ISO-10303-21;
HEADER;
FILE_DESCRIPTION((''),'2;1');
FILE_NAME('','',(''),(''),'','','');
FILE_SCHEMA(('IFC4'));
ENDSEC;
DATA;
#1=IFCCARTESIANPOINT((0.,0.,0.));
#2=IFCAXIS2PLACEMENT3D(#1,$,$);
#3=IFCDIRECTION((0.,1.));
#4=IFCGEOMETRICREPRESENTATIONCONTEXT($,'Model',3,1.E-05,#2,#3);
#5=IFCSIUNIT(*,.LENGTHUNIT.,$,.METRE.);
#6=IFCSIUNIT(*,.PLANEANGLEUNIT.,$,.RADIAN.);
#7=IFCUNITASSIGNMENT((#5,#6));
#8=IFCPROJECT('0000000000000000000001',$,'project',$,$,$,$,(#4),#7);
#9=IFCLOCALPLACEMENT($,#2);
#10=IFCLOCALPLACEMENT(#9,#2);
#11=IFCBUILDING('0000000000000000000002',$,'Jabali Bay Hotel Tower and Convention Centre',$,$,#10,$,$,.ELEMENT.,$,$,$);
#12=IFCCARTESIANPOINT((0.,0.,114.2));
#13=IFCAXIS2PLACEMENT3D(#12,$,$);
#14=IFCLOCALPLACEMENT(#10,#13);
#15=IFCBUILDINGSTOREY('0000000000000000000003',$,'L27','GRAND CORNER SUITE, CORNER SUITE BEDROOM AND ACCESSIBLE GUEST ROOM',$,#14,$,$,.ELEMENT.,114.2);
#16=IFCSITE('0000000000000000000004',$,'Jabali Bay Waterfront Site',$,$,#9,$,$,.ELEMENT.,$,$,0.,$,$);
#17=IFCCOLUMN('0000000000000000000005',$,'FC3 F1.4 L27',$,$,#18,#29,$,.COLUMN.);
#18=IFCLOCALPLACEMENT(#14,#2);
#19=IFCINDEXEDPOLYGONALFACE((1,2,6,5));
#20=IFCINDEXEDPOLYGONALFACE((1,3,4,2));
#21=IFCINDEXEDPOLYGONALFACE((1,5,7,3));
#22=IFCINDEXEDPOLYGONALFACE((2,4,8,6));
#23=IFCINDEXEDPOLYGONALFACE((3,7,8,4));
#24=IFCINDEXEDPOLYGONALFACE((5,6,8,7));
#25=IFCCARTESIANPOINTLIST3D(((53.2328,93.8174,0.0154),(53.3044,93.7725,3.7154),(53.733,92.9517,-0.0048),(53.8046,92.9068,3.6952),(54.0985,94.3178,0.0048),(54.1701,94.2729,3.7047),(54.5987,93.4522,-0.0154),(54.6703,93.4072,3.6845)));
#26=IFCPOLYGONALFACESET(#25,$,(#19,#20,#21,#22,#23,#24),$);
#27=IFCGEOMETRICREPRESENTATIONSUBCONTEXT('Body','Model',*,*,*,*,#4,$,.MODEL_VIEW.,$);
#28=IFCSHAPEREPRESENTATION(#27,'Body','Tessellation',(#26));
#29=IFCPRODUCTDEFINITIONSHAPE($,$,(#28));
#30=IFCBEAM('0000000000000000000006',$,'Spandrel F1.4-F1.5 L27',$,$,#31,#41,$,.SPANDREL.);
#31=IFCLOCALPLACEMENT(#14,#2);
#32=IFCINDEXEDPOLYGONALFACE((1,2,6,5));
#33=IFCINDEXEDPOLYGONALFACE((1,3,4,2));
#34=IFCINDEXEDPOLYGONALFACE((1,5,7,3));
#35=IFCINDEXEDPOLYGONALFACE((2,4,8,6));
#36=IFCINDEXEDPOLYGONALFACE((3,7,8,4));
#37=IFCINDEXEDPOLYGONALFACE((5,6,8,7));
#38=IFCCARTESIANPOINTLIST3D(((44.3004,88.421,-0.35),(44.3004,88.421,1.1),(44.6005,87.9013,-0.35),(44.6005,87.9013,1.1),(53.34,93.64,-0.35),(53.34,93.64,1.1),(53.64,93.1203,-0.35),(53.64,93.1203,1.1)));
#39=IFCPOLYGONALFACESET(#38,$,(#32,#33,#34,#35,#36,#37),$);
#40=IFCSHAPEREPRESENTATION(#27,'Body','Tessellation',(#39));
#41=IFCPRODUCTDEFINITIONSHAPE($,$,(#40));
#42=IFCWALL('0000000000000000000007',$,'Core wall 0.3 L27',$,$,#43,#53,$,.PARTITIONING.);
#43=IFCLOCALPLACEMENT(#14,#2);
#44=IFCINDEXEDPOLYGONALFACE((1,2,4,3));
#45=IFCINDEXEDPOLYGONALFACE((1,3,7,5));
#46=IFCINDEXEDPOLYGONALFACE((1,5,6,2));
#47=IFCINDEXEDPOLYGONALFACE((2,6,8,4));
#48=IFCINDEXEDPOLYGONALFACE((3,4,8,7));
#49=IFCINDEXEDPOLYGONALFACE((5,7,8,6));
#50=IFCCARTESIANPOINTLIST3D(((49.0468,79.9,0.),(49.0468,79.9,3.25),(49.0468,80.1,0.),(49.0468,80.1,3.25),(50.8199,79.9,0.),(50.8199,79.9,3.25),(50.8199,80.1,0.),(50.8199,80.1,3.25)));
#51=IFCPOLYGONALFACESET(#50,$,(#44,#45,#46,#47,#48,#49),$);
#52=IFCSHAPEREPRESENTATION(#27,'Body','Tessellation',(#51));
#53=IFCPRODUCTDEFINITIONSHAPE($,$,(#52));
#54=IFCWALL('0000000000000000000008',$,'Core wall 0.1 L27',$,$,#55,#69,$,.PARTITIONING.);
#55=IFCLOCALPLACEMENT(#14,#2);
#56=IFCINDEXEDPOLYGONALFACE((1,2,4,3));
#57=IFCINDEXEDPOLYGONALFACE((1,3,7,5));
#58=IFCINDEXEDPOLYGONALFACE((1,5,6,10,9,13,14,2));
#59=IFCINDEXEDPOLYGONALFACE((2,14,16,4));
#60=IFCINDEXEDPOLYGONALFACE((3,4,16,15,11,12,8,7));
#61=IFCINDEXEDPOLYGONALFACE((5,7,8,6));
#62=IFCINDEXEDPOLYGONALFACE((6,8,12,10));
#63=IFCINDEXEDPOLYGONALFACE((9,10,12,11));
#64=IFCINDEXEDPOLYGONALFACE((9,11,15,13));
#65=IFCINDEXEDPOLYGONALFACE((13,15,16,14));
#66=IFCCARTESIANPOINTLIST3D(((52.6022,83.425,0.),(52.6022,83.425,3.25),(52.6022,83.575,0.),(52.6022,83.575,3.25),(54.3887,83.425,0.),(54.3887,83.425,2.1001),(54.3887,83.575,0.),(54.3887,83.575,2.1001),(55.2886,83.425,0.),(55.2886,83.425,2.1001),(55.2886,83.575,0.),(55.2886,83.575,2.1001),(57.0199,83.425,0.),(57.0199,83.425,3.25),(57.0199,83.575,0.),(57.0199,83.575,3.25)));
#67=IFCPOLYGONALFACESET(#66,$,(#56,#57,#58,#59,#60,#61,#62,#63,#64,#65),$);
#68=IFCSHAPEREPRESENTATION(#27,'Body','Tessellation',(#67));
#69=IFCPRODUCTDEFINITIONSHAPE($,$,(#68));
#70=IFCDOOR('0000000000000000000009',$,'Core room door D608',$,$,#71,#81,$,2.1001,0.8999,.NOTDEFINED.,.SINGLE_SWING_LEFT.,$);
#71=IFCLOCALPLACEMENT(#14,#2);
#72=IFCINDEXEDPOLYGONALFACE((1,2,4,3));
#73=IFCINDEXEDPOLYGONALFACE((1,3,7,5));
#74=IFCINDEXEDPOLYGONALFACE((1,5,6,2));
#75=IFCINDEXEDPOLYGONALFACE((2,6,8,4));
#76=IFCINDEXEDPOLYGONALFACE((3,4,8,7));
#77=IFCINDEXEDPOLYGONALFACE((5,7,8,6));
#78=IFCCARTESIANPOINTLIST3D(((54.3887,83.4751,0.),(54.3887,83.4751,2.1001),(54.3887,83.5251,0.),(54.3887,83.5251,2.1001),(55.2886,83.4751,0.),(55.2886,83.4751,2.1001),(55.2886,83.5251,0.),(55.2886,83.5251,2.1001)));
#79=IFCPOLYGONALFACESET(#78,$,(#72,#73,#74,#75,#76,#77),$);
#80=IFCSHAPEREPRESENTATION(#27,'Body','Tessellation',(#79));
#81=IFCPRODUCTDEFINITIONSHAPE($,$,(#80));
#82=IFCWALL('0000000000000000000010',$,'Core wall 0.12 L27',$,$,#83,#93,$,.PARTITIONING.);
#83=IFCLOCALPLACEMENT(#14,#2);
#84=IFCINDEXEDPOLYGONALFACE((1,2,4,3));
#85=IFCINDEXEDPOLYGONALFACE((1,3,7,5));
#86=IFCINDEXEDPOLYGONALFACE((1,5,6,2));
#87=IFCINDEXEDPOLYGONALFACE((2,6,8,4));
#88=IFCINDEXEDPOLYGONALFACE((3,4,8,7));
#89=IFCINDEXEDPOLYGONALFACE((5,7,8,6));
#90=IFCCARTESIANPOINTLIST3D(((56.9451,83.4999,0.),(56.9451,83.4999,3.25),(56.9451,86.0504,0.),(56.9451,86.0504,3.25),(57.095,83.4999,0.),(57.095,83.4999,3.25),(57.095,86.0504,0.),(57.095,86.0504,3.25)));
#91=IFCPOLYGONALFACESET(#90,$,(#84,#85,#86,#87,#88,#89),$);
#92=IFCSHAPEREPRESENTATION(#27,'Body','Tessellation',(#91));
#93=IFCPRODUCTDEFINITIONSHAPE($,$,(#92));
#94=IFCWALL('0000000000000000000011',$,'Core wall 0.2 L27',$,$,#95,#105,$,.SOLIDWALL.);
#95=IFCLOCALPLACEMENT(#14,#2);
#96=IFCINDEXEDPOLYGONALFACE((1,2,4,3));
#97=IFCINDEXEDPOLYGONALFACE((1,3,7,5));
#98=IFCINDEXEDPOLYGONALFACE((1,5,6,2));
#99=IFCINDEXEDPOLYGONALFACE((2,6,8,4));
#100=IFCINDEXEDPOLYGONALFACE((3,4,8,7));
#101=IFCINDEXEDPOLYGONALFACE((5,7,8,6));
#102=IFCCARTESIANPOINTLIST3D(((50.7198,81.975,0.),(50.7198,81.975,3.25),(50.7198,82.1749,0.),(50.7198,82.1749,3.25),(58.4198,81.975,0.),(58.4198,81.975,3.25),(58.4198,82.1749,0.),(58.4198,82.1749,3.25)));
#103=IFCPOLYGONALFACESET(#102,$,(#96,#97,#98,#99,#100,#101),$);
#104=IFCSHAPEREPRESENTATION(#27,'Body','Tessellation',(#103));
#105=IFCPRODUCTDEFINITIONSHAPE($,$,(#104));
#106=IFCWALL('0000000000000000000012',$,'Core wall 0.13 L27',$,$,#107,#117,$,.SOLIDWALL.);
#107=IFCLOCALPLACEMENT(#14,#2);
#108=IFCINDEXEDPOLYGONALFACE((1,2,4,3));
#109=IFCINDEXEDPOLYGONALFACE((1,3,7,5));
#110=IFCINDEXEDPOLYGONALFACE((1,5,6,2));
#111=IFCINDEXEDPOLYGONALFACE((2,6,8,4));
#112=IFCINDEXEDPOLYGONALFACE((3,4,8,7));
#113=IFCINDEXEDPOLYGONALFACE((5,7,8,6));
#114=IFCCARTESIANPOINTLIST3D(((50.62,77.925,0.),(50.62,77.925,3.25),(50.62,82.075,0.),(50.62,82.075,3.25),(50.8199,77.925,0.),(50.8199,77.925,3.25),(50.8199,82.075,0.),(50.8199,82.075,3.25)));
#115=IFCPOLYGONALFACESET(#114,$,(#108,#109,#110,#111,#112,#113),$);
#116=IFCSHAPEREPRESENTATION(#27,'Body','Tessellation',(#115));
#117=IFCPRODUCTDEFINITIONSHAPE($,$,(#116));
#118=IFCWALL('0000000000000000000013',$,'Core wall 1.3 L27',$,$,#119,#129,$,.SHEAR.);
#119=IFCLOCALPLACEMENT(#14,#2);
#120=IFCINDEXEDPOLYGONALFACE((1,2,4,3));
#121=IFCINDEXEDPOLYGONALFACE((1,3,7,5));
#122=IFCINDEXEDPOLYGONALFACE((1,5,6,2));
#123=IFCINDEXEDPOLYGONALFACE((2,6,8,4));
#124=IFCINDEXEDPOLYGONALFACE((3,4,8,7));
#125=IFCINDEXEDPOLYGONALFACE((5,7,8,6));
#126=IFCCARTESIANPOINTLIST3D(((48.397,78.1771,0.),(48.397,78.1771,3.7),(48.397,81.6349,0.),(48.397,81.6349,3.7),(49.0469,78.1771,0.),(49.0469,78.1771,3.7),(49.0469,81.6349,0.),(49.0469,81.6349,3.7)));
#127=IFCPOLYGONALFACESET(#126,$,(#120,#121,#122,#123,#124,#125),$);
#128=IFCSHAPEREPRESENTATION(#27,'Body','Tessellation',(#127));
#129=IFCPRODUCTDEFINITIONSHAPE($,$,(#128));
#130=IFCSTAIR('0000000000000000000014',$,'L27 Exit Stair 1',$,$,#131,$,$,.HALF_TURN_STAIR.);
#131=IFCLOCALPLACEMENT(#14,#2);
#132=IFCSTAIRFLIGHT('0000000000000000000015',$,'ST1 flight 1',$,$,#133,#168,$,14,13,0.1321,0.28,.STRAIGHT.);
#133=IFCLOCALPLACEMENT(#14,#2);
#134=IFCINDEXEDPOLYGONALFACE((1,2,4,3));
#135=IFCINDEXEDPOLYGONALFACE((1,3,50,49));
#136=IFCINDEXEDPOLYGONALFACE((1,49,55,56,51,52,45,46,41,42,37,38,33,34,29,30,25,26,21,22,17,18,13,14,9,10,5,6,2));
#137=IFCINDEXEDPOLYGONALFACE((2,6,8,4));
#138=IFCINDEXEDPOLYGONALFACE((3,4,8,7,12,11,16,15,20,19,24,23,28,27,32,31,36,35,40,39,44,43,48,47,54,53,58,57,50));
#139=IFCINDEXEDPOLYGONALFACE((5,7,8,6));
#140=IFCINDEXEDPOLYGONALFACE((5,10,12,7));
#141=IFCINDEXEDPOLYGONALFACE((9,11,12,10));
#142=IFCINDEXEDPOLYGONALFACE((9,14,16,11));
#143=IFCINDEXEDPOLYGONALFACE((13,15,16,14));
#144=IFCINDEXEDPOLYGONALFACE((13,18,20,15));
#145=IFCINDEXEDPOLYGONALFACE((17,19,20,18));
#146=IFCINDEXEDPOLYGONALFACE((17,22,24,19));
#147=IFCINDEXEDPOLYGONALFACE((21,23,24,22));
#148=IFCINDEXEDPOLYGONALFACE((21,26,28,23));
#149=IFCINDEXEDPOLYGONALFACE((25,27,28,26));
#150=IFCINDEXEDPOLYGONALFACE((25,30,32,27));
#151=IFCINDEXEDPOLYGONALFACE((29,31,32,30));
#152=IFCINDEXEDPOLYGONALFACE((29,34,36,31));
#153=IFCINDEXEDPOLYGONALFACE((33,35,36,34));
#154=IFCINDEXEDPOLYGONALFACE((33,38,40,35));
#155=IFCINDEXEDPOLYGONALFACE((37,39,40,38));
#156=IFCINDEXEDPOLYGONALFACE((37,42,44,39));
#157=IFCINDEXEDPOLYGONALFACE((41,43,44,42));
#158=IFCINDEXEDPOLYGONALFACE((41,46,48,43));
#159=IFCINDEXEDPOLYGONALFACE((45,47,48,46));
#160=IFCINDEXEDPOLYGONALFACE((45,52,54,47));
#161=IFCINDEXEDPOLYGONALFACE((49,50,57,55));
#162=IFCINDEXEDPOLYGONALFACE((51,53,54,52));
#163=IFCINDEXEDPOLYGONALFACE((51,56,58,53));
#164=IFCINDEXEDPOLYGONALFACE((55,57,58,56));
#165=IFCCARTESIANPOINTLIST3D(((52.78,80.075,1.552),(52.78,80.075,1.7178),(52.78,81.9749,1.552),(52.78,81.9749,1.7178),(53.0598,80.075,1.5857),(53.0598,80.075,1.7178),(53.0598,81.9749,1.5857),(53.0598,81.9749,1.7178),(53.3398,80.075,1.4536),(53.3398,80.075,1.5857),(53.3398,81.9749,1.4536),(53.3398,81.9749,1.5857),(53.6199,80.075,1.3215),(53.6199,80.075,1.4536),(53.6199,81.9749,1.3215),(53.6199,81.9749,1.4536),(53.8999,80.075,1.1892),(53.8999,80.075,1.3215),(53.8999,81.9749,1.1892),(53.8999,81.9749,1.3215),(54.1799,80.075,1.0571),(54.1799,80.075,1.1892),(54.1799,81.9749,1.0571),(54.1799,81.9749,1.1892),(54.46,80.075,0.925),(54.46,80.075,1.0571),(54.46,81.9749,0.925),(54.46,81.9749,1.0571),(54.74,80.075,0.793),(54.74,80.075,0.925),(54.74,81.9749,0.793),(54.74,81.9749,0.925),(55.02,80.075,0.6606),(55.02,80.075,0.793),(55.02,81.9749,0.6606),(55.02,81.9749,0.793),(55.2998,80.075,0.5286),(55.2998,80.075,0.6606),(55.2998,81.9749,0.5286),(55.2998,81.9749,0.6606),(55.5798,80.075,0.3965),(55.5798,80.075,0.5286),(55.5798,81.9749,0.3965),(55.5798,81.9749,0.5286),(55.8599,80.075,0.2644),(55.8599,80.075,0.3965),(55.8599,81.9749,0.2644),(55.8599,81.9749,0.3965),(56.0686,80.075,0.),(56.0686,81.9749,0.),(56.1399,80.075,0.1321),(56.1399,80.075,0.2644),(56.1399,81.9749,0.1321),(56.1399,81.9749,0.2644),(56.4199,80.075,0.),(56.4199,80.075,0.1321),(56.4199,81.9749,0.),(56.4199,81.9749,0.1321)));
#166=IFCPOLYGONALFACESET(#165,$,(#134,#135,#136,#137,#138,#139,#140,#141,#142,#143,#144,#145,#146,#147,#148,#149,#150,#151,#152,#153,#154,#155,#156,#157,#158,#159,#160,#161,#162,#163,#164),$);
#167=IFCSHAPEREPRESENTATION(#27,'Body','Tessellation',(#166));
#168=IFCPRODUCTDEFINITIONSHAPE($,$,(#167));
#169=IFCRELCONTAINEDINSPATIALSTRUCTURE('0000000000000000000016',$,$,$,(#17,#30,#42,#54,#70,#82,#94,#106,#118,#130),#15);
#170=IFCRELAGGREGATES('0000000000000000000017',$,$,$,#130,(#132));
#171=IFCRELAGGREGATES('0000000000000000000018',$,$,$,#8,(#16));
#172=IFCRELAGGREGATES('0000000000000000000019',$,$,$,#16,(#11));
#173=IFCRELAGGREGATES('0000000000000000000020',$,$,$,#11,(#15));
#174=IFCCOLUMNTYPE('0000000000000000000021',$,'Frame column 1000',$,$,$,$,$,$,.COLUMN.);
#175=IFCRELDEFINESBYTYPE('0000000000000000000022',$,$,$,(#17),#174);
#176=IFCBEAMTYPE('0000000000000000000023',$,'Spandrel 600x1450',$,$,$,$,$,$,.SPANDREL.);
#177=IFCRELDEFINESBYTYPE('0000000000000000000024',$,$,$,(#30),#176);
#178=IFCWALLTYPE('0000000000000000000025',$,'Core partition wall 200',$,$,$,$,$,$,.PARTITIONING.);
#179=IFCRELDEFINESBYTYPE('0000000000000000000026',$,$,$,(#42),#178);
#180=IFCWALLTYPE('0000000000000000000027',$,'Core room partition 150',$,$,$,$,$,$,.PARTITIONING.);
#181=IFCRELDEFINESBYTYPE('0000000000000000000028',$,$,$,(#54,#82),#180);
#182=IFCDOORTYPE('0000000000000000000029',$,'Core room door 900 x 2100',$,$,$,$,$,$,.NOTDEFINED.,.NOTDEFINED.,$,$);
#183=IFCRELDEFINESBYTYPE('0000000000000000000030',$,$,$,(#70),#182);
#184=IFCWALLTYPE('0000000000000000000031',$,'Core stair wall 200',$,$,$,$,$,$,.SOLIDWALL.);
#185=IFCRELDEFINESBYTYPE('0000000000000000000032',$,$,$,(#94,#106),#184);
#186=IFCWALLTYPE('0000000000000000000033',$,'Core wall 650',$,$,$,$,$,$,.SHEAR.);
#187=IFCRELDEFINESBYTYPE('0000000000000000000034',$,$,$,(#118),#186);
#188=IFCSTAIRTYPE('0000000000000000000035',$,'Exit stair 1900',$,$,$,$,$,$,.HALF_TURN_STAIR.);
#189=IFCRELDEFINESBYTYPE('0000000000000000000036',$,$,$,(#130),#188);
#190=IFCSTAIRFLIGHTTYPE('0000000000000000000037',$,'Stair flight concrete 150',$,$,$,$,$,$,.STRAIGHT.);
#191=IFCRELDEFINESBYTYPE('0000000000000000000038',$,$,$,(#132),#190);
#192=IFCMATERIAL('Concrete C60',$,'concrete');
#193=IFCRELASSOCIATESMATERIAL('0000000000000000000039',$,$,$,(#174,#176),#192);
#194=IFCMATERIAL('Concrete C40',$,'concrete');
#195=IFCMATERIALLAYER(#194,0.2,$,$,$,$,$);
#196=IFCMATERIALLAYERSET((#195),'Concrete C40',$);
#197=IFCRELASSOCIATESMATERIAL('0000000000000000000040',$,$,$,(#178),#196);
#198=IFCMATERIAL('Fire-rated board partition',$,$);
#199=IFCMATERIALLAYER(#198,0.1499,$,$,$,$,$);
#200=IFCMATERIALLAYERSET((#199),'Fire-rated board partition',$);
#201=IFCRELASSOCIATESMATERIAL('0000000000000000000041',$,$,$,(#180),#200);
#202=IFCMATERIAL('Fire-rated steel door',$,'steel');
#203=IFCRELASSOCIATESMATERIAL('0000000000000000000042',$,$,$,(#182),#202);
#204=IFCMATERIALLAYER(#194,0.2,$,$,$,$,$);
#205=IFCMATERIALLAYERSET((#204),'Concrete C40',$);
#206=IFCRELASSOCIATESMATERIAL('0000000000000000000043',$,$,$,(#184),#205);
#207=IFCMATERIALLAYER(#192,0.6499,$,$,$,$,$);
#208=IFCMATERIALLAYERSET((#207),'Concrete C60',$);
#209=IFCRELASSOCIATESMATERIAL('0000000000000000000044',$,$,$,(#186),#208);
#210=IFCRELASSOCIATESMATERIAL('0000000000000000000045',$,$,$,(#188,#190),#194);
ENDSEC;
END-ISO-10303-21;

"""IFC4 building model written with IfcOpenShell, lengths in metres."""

from ifc_helpers import new_model, si_unit, direction, frame, frame_2d, origin, origin_2d, place, context, subcontext, project, spatial, polyline, rectangle, outline, extrude, material, layer, layer_set, material_profile, profile_set, type_object, element, fill, aggregate, save


model = new_model("IFC4")

# Units and contexts
model_context = context("Model", 3, precision=1e-05, world=origin(), true_north=direction((0.0, 1.0)))
body_context = subcontext(model_context, "Body", "Model", "MODEL_VIEW")
ifc_project = project(units=[si_unit("LENGTHUNIT", "METRE"), si_unit("PLANEANGLEUNIT", "RADIAN")], contexts=[model_context])

# Site, building, storey
site_placement = place(None, origin())
site = spatial("IfcSite", under=ifc_project, at=site_placement, Name="Jabali Bay Waterfront Site", CompositionType="ELEMENT", RefElevation=0.0)
building_placement = place(site_placement, origin())
building = spatial("IfcBuilding", under=site, at=building_placement, Name="Jabali Bay Hotel Tower and Convention Centre", CompositionType="ELEMENT")
storey_placement = place(building_placement, frame((0.0, 0.0, 114.2)))
storey = spatial("IfcBuildingStorey", under=building, at=storey_placement, Name="L27", Description="GRAND CORNER SUITE, CORNER SUITE BEDROOM AND ACCESSIBLE GUEST ROOM", CompositionType="ELEMENT", Elevation=114.2)

# Column
ifc_material_1 = material(Name="Concrete C60", Category="concrete")
ifc_material_profile_1 = material_profile(ifc_material_1, rectangle(XDim=1.0, YDim=1.0, at=origin_2d()), Name="Frame column 1000")
ifc_profile_set_1 = profile_set([ifc_material_profile_1], Name="Concrete C60")
column_type = type_object("IfcColumnType", Name="Frame column 1000", PredefinedType="COLUMN", material=ifc_profile_set_1)
column_placement = place(storey_placement, frame((53.9158, 93.6348, 0.0), z_axis=(0.019329, -0.012138, 0.99974), x_axis=(-0.5002, 0.865675, 0.020181)))
element("IfcColumn", 1, at=column_placement, inside=storey, type_object=column_type, Name="FC3 F1.4 L27", PredefinedType="COLUMN", context=body_context, shape_type="SweptSolid", body=[
    extrude(rectangle(XDim=1.0, YDim=1.0, at=origin_2d()), origin(), (0.0, 0.0, 1.0), 3.7009),
])

# Beam
ifc_material_profile_2 = material_profile(ifc_material_1, rectangle(XDim=0.6001, YDim=1.45, at=origin_2d()), Name="Spandrel 600x1450")
ifc_profile_set_2 = profile_set([ifc_material_profile_2], Name="Concrete C60")
beam_type = type_object("IfcBeamType", Name="Spandrel 600x1450", PredefinedType="SPANDREL", material=ifc_profile_set_2)
beam_placement = place(storey_placement, frame((53.49, 93.3801, 0.375), z_axis=(-0.866025, -0.500001, 0.0), x_axis=(0.500001, -0.866025, 0.0)))
element("IfcBeam", 2, at=beam_placement, inside=storey, type_object=beam_type, Name="Spandrel F1.4-F1.5 L27", PredefinedType="SPANDREL", context=body_context, shape_type="SweptSolid", body=[
    extrude(rectangle(XDim=0.6001, YDim=1.45, at=origin_2d()), origin(), (0.0, 0.0, 1.0), 10.438),
])

# Wall
ifc_material_2 = material(Name="Concrete C40", Category="concrete")
ifc_layer_1 = layer(ifc_material_2, 0.2)
ifc_layer_set_1 = layer_set([ifc_layer_1], Name="Concrete C40")
wall_type_1 = type_object("IfcWallType", Name="Core partition wall 200", PredefinedType="PARTITIONING", material=ifc_layer_set_1)
wall_1_placement = place(storey_placement, frame((50.8201, 80.0, 0.0), z_axis=(0.0, 0.0, 1.0), x_axis=(-1.0, 0.0, 0.0)))
element("IfcWall", 3, at=wall_1_placement, inside=storey, type_object=wall_type_1, Name="Core wall 0.3 L27", PredefinedType="PARTITIONING", context=body_context, shape_type="SweptSolid", body=[
    extrude(rectangle(XDim=1.7732, YDim=0.2, at=frame_2d((0.8867, 0.0))), origin(), (0.0, 0.0, 1.0), 3.25),
])

# Wall, opening, door
ifc_material_3 = material(Name="Fire-rated board partition")
ifc_layer_2 = layer(ifc_material_3, 0.1499)
ifc_layer_set_2 = layer_set([ifc_layer_2], Name="Fire-rated board partition")
wall_type_2 = type_object("IfcWallType", Name="Core room partition 150", PredefinedType="PARTITIONING", material=ifc_layer_set_2)
wall_2_placement = place(storey_placement, frame((57.02, 83.5, 0.0), z_axis=(0.0, 0.0, 1.0), x_axis=(-1.0, 0.0, 0.0)))
wall_2 = element("IfcWall", 4, at=wall_2_placement, inside=storey, type_object=wall_type_2, Name="Core wall 0.1 L27", PredefinedType="PARTITIONING", context=body_context, shape_type="SweptSolid", body=[
    extrude(rectangle(XDim=4.4177, YDim=0.1499, at=frame_2d((2.209, 0.0))), origin(), (0.0, 0.0, 1.0), 3.25),
])
opening_placement = place(wall_2_placement, frame((1.7314, 0.0, 0.0)))
opening = element("IfcOpeningElement", 5, at=opening_placement, cuts=wall_2, PredefinedType="OPENING", context=body_context, shape_type="SweptSolid", body=[
    extrude(rectangle(XDim=0.8999, YDim=2.1001, at=frame_2d((0.45, 1.05))), frame((0.0, 0.0854, 0.0), z_axis=(0.0, -1.0, 0.0), x_axis=(1.0, 0.0, 0.0)), (0.0, 0.0, 1.0), 0.1709),
])
ifc_material_4 = material(Name="Fire-rated steel door", Category="steel")
door_type = type_object("IfcDoorType", Name="Core room door 900 x 2100", OperationType="NOTDEFINED", PredefinedType="NOTDEFINED", material=ifc_material_4)
door_placement = place(opening_placement, origin())
door = element("IfcDoor", 6, at=door_placement, inside=storey, type_object=door_type, Name="Core room door D608", OperationType="SINGLE_SWING_LEFT", OverallHeight=2.1001, OverallWidth=0.8999, PredefinedType="NOTDEFINED", context=body_context, shape_type="SweptSolid", body=[
    extrude(rectangle(XDim=0.8999, YDim=2.1001, at=frame_2d((0.45, 1.05))), frame((0.0, 0.0249, 0.0), z_axis=(0.0, -1.0, 0.0), x_axis=(1.0, 0.0, 0.0)), (0.0, 0.0, 1.0), 0.05),
])
fill(opening, door)

# Walls
wall_3_placement = place(storey_placement, frame((57.02, 86.0505, 0.0), z_axis=(0.0, 0.0, 1.0), x_axis=(0.0, -1.0, 0.0)))
element("IfcWall", 7, at=wall_3_placement, inside=storey, type_object=wall_type_2, Name="Core wall 0.12 L27", PredefinedType="PARTITIONING", context=body_context, shape_type="SweptSolid", body=[
    extrude(rectangle(XDim=2.5505, YDim=0.1499, at=frame_2d((1.2754, 0.0))), origin(), (0.0, 0.0, 1.0), 3.25),
])
ifc_layer_3 = layer(ifc_material_2, 0.2)
ifc_layer_set_3 = layer_set([ifc_layer_3], Name="Concrete C40")
wall_type_3 = type_object("IfcWallType", Name="Core stair wall 200", PredefinedType="SOLIDWALL", material=ifc_layer_set_3)
wall_4_placement = place(storey_placement, frame((58.4199, 82.075, 0.0), z_axis=(0.0, 0.0, 1.0), x_axis=(-1.0, 0.0, 0.0)))
element("IfcWall", 8, at=wall_4_placement, inside=storey, type_object=wall_type_3, Name="Core wall 0.2 L27", PredefinedType="SOLIDWALL", context=body_context, shape_type="SweptSolid", body=[
    extrude(rectangle(XDim=7.7, YDim=0.2, at=frame_2d((3.8501, 0.0))), origin(), (0.0, 0.0, 1.0), 3.25),
])
wall_5_placement = place(storey_placement, frame((50.72, 82.075, 0.0), z_axis=(0.0, 0.0, 1.0), x_axis=(0.0, -1.0, 0.0)))
element("IfcWall", 9, at=wall_5_placement, inside=storey, type_object=wall_type_3, Name="Core wall 0.13 L27", PredefinedType="SOLIDWALL", context=body_context, shape_type="SweptSolid", body=[
    extrude(rectangle(XDim=4.1499, YDim=0.2, at=frame_2d((2.075, 0.0))), origin(), (0.0, 0.0, 1.0), 3.25),
])
ifc_layer_4 = layer(ifc_material_1, 0.6499)
ifc_layer_set_4 = layer_set([ifc_layer_4], Name="Concrete C60")
wall_type_4 = type_object("IfcWallType", Name="Core wall 650", PredefinedType="SHEAR", material=ifc_layer_set_4)
wall_6_placement = place(storey_placement, frame((48.7219, 81.635, 0.0), z_axis=(0.0, 0.0, 1.0), x_axis=(0.0, -1.0, 0.0)))
element("IfcWall", 10, at=wall_6_placement, inside=storey, type_object=wall_type_4, Name="Core wall 1.3 L27", PredefinedType="SHEAR", context=body_context, shape_type="SweptSolid", body=[
    extrude(rectangle(XDim=3.4578, YDim=0.6499, at=frame_2d((1.729, 0.0))), origin(), (0.0, 0.0, 1.0), 3.7),
])

# Stair, stair flight
stair_type = type_object("IfcStairType", Name="Exit stair 1900", PredefinedType="HALF_TURN_STAIR", material=ifc_material_2)
stair_placement = place(storey_placement, origin())
stair = element("IfcStair", 11, at=stair_placement, inside=storey, type_object=stair_type, Name="L27 Exit Stair 1", PredefinedType="HALF_TURN_STAIR")
stair_flight_type = type_object("IfcStairFlightType", Name="Stair flight concrete 150", PredefinedType="STRAIGHT", material=ifc_material_2)
stair_flight_1_placement = place(storey_placement, frame((56.4199, 81.0249, 0.0), z_axis=(0.0, 0.0, 1.0), x_axis=(-1.0, 0.0, 0.0)))
stair_flight_1 = element("IfcStairFlight", 12, at=stair_flight_1_placement, type_object=stair_flight_type, Name="ST1 flight 1", NumberOfRisers=14, NumberOfTreads=13, PredefinedType="STRAIGHT", RiserHeight=0.1321, TreadLength=0.28, context=body_context, shape_type="SweptSolid", body=[
    extrude(outline(polyline([(0.0, 0.0), (0.0, 0.1321), (0.28, 0.1321), (0.28, 0.2644), (0.5601, 0.2644), (0.5601, 0.3965), (0.8401, 0.3965), (0.8401, 0.5286), (1.1201, 0.5286), (1.1201, 0.6606), (1.3999, 0.6606), (1.3999, 0.793), (1.6799, 0.793), (1.6799, 0.925), (1.96, 0.925), (1.96, 1.0571), (2.24, 1.0571), (2.24, 1.1892), (2.52, 1.1892), (2.52, 1.3215), (2.8, 1.3215), (2.8, 1.4536), (3.0801, 1.4536), (3.0801, 1.5857), (3.3601, 1.5857), (3.3601, 1.7178), (3.6399, 1.7178), (3.6399, 1.8501), (3.6399, 1.552), (0.3513, 0.0), (0.0, 0.0)])), frame((0.0, 0.95, 0.0), z_axis=(0.0, -1.0, 0.0), x_axis=(1.0, 0.0, 0.0)), (0.0, 0.0, 1.0), 1.8999),
])
aggregate(stair, [stair_flight_1])

save(model, "model.ifc")
